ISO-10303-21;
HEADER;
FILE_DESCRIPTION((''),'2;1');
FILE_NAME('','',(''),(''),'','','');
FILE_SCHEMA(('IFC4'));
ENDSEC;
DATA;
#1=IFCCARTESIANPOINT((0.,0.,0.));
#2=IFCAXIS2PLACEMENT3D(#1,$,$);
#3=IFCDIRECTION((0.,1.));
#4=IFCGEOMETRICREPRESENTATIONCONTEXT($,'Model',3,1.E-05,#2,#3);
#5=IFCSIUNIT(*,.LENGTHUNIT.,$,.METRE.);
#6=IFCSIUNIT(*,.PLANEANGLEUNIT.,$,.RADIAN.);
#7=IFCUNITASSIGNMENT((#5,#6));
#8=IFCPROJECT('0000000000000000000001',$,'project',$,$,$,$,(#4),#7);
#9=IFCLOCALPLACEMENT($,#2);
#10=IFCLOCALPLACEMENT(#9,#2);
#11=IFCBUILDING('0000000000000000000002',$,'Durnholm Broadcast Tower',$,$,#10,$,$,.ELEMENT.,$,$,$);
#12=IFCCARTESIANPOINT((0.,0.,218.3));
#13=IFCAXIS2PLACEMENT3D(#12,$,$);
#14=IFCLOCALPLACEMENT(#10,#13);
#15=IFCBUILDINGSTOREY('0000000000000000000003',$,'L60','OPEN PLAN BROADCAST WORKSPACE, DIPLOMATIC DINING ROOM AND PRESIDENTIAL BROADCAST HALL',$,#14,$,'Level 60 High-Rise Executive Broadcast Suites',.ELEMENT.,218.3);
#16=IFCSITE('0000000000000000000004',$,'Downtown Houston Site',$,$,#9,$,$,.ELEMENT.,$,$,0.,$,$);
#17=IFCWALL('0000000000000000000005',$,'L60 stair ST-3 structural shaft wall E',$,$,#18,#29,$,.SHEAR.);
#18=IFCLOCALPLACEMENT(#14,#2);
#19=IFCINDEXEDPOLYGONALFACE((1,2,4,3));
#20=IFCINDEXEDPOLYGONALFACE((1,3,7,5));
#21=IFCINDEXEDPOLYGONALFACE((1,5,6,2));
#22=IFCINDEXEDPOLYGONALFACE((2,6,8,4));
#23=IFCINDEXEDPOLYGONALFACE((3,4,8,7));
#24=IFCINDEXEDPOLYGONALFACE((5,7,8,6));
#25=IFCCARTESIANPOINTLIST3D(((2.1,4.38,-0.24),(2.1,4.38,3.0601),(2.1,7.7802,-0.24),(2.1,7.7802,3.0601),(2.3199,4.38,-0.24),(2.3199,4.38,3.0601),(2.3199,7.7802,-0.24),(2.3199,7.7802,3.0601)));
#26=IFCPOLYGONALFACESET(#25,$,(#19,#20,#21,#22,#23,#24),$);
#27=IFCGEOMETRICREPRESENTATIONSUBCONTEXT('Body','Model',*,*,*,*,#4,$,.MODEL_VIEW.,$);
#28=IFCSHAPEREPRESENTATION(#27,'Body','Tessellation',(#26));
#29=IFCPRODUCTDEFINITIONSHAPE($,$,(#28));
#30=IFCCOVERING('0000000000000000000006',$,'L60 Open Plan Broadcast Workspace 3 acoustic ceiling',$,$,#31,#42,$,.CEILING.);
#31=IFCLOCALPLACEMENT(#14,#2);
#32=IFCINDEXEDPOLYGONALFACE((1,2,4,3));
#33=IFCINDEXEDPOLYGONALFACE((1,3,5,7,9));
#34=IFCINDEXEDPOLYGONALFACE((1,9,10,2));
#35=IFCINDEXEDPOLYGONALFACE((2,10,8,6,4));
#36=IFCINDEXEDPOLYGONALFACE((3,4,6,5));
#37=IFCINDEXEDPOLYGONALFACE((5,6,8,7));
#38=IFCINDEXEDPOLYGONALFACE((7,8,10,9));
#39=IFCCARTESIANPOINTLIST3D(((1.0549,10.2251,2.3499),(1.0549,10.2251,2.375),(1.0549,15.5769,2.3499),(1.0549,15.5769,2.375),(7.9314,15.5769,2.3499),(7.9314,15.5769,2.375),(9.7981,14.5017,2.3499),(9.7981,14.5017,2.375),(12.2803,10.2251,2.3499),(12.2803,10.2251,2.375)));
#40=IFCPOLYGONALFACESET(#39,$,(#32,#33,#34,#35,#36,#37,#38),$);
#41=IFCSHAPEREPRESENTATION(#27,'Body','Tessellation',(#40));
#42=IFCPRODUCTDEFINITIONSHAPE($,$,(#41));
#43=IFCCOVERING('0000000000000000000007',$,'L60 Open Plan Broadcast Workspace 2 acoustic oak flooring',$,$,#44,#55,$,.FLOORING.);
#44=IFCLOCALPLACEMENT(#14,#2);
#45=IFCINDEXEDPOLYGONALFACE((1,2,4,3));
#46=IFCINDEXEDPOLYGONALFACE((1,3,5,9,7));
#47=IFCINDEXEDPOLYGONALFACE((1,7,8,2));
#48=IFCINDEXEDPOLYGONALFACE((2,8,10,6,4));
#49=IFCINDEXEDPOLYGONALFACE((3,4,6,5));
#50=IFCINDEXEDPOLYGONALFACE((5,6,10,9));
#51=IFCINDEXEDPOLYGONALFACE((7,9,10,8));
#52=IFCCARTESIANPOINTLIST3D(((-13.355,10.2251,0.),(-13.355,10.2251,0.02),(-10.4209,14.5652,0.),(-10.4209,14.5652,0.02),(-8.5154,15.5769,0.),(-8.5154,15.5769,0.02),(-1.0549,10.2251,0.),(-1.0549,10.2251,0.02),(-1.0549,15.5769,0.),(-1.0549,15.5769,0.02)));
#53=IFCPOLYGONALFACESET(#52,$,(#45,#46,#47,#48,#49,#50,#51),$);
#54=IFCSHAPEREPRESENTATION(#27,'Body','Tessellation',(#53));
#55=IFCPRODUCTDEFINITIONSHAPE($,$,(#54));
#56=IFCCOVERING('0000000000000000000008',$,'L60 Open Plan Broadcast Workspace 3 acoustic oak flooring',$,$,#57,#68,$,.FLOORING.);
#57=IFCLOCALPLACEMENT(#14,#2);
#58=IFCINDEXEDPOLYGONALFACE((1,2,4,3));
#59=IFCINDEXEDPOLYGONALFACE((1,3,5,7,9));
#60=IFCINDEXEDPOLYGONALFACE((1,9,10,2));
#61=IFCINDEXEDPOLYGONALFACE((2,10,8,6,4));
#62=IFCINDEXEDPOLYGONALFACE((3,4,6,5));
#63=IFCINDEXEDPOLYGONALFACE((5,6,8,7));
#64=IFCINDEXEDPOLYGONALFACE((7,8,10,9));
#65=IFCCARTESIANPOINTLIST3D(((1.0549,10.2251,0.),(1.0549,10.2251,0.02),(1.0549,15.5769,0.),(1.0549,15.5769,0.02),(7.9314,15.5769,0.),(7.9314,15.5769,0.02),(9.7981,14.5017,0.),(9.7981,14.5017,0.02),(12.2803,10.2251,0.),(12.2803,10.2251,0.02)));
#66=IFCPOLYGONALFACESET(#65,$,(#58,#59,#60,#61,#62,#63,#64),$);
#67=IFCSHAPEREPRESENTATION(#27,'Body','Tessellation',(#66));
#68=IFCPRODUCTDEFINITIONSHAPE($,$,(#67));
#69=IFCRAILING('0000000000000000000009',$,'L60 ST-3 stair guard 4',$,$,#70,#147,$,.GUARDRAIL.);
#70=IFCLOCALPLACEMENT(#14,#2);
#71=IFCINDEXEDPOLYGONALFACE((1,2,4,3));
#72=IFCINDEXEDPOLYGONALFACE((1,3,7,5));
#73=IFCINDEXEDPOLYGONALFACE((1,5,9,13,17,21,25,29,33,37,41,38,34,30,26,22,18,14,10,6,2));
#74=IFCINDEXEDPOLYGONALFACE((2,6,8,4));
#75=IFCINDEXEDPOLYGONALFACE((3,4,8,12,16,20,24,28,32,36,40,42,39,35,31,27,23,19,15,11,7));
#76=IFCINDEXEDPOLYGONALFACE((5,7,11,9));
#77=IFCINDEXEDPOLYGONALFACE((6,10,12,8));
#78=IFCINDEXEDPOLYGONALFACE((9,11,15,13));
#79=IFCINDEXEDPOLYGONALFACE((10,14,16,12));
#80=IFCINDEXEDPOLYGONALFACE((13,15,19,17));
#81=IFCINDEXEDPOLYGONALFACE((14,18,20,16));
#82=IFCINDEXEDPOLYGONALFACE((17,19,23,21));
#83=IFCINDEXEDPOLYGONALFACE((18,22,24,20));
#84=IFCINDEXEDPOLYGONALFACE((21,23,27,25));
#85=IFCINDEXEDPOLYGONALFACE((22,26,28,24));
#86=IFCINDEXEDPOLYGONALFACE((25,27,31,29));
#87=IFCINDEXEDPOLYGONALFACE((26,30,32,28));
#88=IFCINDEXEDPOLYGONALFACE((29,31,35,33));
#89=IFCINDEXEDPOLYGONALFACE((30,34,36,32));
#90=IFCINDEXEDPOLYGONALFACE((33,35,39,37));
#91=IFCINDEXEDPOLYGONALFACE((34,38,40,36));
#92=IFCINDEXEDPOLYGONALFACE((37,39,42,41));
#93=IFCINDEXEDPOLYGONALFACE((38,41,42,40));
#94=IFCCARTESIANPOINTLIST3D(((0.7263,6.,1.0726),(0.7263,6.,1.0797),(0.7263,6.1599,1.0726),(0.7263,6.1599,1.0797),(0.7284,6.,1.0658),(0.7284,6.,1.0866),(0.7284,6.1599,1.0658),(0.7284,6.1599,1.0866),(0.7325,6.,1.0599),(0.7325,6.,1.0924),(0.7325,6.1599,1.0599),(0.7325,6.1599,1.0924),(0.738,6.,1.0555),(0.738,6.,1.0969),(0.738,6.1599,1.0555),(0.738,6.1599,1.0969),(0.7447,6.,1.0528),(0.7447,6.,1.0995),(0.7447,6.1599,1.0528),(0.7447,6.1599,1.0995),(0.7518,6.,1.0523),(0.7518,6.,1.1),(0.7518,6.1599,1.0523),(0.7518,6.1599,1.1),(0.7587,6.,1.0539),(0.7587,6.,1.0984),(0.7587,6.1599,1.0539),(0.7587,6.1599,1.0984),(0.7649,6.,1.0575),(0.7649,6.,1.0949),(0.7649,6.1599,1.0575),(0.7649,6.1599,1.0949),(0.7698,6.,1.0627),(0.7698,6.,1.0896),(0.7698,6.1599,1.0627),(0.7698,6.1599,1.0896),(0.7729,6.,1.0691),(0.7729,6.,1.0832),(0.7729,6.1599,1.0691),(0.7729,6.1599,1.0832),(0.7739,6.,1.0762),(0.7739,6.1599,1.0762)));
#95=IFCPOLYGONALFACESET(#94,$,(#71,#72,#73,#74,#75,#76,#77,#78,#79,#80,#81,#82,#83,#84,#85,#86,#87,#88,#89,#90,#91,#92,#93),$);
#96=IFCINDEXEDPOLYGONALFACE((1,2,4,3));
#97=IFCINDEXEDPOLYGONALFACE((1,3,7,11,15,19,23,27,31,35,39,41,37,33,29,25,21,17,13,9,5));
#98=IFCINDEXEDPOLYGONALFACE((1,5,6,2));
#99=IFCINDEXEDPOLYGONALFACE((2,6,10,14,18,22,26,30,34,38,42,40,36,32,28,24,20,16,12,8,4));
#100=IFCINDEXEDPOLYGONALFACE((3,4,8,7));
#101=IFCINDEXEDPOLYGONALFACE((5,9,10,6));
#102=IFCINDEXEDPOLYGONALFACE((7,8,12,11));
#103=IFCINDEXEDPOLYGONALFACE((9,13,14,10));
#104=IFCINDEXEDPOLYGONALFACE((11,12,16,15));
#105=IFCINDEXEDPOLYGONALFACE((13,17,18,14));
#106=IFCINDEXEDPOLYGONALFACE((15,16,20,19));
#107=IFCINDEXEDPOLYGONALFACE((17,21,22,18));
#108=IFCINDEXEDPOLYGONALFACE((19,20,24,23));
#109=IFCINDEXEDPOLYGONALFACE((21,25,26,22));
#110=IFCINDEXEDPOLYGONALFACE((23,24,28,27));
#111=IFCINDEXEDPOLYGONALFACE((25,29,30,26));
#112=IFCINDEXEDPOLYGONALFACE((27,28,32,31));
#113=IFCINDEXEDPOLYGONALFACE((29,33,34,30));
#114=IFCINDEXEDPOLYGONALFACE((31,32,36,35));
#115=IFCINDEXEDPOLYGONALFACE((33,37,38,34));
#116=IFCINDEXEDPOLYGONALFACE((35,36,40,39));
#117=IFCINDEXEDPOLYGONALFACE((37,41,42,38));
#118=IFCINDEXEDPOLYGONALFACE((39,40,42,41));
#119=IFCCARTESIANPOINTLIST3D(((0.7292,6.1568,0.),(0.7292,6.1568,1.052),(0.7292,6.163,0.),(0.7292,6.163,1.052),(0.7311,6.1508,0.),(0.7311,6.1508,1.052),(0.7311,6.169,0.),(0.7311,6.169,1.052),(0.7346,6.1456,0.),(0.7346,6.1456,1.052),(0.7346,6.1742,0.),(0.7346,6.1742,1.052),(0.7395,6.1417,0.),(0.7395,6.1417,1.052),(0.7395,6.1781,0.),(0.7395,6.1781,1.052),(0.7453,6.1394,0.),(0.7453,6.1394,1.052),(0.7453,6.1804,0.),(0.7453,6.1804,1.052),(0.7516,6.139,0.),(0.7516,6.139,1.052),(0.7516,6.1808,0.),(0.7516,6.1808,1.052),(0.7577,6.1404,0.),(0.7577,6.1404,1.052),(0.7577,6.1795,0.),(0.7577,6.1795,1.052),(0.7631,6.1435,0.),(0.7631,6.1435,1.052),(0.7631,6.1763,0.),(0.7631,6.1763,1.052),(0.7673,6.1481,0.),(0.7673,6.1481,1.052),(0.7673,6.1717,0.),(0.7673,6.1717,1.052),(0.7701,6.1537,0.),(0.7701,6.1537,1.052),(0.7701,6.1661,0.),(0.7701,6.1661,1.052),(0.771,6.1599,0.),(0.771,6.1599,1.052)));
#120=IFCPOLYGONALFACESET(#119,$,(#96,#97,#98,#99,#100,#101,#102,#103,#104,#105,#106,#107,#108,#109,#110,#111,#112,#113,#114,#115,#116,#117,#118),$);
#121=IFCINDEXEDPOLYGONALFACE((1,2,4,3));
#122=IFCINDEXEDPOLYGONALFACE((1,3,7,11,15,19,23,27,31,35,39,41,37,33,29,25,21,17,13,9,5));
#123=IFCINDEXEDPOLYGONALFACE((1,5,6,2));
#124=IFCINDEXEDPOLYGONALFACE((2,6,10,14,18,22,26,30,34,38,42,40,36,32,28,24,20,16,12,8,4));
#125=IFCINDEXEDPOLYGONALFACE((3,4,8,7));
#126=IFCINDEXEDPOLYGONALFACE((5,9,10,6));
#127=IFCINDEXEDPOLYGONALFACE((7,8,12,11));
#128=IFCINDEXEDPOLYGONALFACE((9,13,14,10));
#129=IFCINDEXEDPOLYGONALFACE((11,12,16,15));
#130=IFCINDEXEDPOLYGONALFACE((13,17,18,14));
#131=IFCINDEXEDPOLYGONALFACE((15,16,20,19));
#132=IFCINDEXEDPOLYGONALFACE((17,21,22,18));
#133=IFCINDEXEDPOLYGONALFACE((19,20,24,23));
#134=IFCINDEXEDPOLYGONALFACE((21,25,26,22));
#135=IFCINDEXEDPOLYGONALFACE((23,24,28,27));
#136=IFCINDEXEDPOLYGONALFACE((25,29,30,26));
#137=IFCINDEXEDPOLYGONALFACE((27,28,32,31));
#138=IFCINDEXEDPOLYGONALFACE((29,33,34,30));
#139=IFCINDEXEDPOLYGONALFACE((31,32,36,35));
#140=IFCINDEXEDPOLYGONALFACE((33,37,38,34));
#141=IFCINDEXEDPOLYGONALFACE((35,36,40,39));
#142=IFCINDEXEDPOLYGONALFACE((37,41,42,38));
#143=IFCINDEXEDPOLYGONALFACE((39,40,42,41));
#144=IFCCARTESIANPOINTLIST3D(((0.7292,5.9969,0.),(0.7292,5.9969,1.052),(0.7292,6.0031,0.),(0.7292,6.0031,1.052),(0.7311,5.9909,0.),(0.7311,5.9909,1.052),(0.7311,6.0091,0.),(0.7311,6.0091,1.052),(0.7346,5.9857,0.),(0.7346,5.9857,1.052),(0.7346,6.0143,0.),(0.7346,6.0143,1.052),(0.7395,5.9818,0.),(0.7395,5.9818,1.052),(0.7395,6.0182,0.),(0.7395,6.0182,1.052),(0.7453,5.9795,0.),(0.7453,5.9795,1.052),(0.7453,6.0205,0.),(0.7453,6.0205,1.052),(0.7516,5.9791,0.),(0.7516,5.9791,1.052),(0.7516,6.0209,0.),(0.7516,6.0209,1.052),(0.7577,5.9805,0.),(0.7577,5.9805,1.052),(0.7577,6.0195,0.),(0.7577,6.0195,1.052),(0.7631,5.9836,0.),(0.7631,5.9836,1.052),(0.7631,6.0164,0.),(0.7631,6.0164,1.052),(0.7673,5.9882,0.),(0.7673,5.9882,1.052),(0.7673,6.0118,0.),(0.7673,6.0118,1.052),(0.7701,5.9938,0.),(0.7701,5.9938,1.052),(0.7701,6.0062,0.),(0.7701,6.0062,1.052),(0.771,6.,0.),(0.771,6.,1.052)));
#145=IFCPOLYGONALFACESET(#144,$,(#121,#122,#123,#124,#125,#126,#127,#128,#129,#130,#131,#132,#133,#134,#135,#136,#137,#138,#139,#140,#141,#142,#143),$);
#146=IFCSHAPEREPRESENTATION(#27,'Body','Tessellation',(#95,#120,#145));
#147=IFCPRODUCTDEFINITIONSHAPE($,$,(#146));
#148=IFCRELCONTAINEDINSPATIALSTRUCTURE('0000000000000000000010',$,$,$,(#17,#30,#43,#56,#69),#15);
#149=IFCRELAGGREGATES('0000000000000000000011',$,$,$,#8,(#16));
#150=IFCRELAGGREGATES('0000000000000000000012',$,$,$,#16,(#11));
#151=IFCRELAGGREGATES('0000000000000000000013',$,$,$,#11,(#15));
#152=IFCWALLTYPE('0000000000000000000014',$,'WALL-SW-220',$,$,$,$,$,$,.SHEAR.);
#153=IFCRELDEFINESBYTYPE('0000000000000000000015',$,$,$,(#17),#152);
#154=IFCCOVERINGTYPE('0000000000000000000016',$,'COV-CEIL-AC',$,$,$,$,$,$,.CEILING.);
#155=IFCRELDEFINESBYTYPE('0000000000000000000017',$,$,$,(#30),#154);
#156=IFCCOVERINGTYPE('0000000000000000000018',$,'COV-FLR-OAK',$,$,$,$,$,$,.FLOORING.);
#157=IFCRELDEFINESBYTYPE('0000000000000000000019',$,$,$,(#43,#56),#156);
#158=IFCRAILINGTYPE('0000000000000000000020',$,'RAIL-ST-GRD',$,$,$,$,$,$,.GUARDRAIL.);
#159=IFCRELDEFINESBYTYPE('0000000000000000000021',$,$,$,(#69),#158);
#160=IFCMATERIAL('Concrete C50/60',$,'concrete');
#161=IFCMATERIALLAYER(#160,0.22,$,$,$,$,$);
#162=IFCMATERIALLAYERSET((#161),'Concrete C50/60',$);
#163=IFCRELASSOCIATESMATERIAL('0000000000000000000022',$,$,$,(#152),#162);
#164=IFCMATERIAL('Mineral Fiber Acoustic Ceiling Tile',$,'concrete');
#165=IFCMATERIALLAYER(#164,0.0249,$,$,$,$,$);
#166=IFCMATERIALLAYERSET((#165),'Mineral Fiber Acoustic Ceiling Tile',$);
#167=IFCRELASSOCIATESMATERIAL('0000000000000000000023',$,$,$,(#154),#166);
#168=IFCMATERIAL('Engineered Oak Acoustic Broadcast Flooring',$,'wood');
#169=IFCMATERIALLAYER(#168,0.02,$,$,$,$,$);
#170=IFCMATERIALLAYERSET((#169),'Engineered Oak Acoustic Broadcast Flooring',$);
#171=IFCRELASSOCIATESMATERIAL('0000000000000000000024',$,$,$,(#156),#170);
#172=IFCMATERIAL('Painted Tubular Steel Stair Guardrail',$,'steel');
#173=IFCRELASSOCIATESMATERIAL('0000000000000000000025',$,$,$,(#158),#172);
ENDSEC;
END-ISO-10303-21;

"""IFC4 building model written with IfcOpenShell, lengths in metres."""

from ifc_helpers import new_model, si_unit, direction, frame, frame_2d, origin, origin_2d, place, context, subcontext, project, spatial, polyline, rectangle, circle, outline, extrude, material, layer, layer_set, type_object, element, save


model = new_model("IFC4")

# Units and contexts
model_context = context("Model", 3, precision=1e-05, world=origin(), true_north=direction((0.0, 1.0)))
body_context = subcontext(model_context, "Body", "Model", "MODEL_VIEW")
ifc_project = project(units=[si_unit("LENGTHUNIT", "METRE"), si_unit("PLANEANGLEUNIT", "RADIAN")], contexts=[model_context])

# Site, building, storey
site_placement = place(None, origin())
site = spatial("IfcSite", under=ifc_project, at=site_placement, Name="Downtown Houston Site", CompositionType="ELEMENT", RefElevation=0.0)
building_placement = place(site_placement, origin())
building = spatial("IfcBuilding", under=site, at=building_placement, Name="Durnholm Broadcast Tower", CompositionType="ELEMENT")
storey_placement = place(building_placement, frame((0.0, 0.0, 218.3)))
storey = spatial("IfcBuildingStorey", under=building, at=storey_placement, Name="L60", Description="OPEN PLAN BROADCAST WORKSPACE, DIPLOMATIC DINING ROOM AND PRESIDENTIAL BROADCAST HALL", LongName="Level 60 High-Rise Executive Broadcast Suites", CompositionType="ELEMENT", Elevation=218.3)

# Shared definitions
ifc_material_1 = material(Name="Concrete C50/60", Category="concrete")
ifc_layer_1 = layer(ifc_material_1, 0.22)
ifc_layer_set_1 = layer_set([ifc_layer_1], Name="Concrete C50/60")
wall_type_1 = type_object("IfcWallType", Name="WALL-SW-220", PredefinedType="SHEAR", material=ifc_layer_set_1)

# Wall
wall_1_placement = place(storey_placement, frame((2.21, 4.3799, -0.24), z_axis=(0.0, 0.0, 1.0), x_axis=(0.0, 1.0, 0.0)))
element("IfcWall", 1, at=wall_1_placement, inside=storey, type_object=wall_type_1, Name="L60 stair ST-3 structural shaft wall E", PredefinedType="SHEAR", context=body_context, shape_type="SweptSolid", body=[
    extrude(rectangle(XDim=3.4001, YDim=0.22, at=frame_2d((1.7002, 0.0))), origin(), (0.0, 0.0, 1.0), 3.3),
])

# Coverings
ifc_material_2 = material(Name="Mineral Fiber Acoustic Ceiling Tile", Category="concrete")
ifc_layer_2 = layer(ifc_material_2, 0.0249)
ifc_layer_set_2 = layer_set([ifc_layer_2], Name="Mineral Fiber Acoustic Ceiling Tile")
covering_type_1 = type_object("IfcCoveringType", Name="COV-CEIL-AC", PredefinedType="CEILING", material=ifc_layer_set_2)
covering_1_placement = place(storey_placement, frame((0.0, 0.0, 2.3499)))
element("IfcCovering", 2, at=covering_1_placement, inside=storey, type_object=covering_type_1, Name="L60 Open Plan Broadcast Workspace 3 acoustic ceiling", PredefinedType="CEILING", context=body_context, shape_type="SweptSolid", body=[
    extrude(outline(polyline([(12.2803, 10.2251), (9.7981, 14.5017), (7.9314, 15.5769), (1.0549, 15.5769), (1.0549, 10.2251), (12.2803, 10.2251)])), origin(), (0.0, 0.0, 1.0), 0.0251),
])
ifc_material_3 = material(Name="Engineered Oak Acoustic Broadcast Flooring", Category="wood")
ifc_layer_3 = layer(ifc_material_3, 0.02)
ifc_layer_set_3 = layer_set([ifc_layer_3], Name="Engineered Oak Acoustic Broadcast Flooring")
covering_type_2 = type_object("IfcCoveringType", Name="COV-FLR-OAK", PredefinedType="FLOORING", material=ifc_layer_set_3)
covering_2_placement = place(storey_placement, origin())
element("IfcCovering", 3, at=covering_2_placement, inside=storey, type_object=covering_type_2, Name="L60 Open Plan Broadcast Workspace 2 acoustic oak flooring", PredefinedType="FLOORING", context=body_context, shape_type="SweptSolid", body=[
    extrude(outline(polyline([(-1.0549, 10.2251), (-1.0549, 15.5769), (-8.5154, 15.5769), (-10.4209, 14.5652), (-13.355, 10.2251), (-1.0549, 10.2251)])), origin(), (0.0, 0.0, 1.0), 0.02),
])
covering_3_placement = place(storey_placement, origin())
element("IfcCovering", 4, at=covering_3_placement, inside=storey, type_object=covering_type_2, Name="L60 Open Plan Broadcast Workspace 3 acoustic oak flooring", PredefinedType="FLOORING", context=body_context, shape_type="SweptSolid", body=[
    extrude(outline(polyline([(12.2803, 10.2251), (9.7981, 14.5017), (7.9314, 15.5769), (1.0549, 15.5769), (1.0549, 10.2251), (12.2803, 10.2251)])), origin(), (0.0, 0.0, 1.0), 0.02),
])

# Railing
ifc_material_4 = material(Name="Painted Tubular Steel Stair Guardrail", Category="steel")
railing_type = type_object("IfcRailingType", Name="RAIL-ST-GRD", PredefinedType="GUARDRAIL", material=ifc_material_4)
railing_placement = place(storey_placement, frame((0.75, 6.1599, 0.0)))
element("IfcRailing", 5, at=railing_placement, inside=storey, type_object=railing_type, Name="L60 ST-3 stair guard 4", PredefinedType="GUARDRAIL", context=body_context, shape_type="SweptSolid", body=[
    extrude(circle(Radius=0.0239, at=origin_2d()), frame((0.0, 0.0, 1.0762), z_axis=(0.0, -1.0, 0.0), x_axis=(1.0, 0.0, 0.0)), (0.0, 0.0, 1.0), 0.1599),
    extrude(circle(Radius=0.021, at=origin_2d()), origin(), (0.0, 0.0, 1.0), 1.052),
    extrude(circle(Radius=0.021, at=origin_2d()), frame((0.0, -0.1599, 0.0)), (0.0, 0.0, 1.0), 1.052),
])

save(model, "model.ifc")
